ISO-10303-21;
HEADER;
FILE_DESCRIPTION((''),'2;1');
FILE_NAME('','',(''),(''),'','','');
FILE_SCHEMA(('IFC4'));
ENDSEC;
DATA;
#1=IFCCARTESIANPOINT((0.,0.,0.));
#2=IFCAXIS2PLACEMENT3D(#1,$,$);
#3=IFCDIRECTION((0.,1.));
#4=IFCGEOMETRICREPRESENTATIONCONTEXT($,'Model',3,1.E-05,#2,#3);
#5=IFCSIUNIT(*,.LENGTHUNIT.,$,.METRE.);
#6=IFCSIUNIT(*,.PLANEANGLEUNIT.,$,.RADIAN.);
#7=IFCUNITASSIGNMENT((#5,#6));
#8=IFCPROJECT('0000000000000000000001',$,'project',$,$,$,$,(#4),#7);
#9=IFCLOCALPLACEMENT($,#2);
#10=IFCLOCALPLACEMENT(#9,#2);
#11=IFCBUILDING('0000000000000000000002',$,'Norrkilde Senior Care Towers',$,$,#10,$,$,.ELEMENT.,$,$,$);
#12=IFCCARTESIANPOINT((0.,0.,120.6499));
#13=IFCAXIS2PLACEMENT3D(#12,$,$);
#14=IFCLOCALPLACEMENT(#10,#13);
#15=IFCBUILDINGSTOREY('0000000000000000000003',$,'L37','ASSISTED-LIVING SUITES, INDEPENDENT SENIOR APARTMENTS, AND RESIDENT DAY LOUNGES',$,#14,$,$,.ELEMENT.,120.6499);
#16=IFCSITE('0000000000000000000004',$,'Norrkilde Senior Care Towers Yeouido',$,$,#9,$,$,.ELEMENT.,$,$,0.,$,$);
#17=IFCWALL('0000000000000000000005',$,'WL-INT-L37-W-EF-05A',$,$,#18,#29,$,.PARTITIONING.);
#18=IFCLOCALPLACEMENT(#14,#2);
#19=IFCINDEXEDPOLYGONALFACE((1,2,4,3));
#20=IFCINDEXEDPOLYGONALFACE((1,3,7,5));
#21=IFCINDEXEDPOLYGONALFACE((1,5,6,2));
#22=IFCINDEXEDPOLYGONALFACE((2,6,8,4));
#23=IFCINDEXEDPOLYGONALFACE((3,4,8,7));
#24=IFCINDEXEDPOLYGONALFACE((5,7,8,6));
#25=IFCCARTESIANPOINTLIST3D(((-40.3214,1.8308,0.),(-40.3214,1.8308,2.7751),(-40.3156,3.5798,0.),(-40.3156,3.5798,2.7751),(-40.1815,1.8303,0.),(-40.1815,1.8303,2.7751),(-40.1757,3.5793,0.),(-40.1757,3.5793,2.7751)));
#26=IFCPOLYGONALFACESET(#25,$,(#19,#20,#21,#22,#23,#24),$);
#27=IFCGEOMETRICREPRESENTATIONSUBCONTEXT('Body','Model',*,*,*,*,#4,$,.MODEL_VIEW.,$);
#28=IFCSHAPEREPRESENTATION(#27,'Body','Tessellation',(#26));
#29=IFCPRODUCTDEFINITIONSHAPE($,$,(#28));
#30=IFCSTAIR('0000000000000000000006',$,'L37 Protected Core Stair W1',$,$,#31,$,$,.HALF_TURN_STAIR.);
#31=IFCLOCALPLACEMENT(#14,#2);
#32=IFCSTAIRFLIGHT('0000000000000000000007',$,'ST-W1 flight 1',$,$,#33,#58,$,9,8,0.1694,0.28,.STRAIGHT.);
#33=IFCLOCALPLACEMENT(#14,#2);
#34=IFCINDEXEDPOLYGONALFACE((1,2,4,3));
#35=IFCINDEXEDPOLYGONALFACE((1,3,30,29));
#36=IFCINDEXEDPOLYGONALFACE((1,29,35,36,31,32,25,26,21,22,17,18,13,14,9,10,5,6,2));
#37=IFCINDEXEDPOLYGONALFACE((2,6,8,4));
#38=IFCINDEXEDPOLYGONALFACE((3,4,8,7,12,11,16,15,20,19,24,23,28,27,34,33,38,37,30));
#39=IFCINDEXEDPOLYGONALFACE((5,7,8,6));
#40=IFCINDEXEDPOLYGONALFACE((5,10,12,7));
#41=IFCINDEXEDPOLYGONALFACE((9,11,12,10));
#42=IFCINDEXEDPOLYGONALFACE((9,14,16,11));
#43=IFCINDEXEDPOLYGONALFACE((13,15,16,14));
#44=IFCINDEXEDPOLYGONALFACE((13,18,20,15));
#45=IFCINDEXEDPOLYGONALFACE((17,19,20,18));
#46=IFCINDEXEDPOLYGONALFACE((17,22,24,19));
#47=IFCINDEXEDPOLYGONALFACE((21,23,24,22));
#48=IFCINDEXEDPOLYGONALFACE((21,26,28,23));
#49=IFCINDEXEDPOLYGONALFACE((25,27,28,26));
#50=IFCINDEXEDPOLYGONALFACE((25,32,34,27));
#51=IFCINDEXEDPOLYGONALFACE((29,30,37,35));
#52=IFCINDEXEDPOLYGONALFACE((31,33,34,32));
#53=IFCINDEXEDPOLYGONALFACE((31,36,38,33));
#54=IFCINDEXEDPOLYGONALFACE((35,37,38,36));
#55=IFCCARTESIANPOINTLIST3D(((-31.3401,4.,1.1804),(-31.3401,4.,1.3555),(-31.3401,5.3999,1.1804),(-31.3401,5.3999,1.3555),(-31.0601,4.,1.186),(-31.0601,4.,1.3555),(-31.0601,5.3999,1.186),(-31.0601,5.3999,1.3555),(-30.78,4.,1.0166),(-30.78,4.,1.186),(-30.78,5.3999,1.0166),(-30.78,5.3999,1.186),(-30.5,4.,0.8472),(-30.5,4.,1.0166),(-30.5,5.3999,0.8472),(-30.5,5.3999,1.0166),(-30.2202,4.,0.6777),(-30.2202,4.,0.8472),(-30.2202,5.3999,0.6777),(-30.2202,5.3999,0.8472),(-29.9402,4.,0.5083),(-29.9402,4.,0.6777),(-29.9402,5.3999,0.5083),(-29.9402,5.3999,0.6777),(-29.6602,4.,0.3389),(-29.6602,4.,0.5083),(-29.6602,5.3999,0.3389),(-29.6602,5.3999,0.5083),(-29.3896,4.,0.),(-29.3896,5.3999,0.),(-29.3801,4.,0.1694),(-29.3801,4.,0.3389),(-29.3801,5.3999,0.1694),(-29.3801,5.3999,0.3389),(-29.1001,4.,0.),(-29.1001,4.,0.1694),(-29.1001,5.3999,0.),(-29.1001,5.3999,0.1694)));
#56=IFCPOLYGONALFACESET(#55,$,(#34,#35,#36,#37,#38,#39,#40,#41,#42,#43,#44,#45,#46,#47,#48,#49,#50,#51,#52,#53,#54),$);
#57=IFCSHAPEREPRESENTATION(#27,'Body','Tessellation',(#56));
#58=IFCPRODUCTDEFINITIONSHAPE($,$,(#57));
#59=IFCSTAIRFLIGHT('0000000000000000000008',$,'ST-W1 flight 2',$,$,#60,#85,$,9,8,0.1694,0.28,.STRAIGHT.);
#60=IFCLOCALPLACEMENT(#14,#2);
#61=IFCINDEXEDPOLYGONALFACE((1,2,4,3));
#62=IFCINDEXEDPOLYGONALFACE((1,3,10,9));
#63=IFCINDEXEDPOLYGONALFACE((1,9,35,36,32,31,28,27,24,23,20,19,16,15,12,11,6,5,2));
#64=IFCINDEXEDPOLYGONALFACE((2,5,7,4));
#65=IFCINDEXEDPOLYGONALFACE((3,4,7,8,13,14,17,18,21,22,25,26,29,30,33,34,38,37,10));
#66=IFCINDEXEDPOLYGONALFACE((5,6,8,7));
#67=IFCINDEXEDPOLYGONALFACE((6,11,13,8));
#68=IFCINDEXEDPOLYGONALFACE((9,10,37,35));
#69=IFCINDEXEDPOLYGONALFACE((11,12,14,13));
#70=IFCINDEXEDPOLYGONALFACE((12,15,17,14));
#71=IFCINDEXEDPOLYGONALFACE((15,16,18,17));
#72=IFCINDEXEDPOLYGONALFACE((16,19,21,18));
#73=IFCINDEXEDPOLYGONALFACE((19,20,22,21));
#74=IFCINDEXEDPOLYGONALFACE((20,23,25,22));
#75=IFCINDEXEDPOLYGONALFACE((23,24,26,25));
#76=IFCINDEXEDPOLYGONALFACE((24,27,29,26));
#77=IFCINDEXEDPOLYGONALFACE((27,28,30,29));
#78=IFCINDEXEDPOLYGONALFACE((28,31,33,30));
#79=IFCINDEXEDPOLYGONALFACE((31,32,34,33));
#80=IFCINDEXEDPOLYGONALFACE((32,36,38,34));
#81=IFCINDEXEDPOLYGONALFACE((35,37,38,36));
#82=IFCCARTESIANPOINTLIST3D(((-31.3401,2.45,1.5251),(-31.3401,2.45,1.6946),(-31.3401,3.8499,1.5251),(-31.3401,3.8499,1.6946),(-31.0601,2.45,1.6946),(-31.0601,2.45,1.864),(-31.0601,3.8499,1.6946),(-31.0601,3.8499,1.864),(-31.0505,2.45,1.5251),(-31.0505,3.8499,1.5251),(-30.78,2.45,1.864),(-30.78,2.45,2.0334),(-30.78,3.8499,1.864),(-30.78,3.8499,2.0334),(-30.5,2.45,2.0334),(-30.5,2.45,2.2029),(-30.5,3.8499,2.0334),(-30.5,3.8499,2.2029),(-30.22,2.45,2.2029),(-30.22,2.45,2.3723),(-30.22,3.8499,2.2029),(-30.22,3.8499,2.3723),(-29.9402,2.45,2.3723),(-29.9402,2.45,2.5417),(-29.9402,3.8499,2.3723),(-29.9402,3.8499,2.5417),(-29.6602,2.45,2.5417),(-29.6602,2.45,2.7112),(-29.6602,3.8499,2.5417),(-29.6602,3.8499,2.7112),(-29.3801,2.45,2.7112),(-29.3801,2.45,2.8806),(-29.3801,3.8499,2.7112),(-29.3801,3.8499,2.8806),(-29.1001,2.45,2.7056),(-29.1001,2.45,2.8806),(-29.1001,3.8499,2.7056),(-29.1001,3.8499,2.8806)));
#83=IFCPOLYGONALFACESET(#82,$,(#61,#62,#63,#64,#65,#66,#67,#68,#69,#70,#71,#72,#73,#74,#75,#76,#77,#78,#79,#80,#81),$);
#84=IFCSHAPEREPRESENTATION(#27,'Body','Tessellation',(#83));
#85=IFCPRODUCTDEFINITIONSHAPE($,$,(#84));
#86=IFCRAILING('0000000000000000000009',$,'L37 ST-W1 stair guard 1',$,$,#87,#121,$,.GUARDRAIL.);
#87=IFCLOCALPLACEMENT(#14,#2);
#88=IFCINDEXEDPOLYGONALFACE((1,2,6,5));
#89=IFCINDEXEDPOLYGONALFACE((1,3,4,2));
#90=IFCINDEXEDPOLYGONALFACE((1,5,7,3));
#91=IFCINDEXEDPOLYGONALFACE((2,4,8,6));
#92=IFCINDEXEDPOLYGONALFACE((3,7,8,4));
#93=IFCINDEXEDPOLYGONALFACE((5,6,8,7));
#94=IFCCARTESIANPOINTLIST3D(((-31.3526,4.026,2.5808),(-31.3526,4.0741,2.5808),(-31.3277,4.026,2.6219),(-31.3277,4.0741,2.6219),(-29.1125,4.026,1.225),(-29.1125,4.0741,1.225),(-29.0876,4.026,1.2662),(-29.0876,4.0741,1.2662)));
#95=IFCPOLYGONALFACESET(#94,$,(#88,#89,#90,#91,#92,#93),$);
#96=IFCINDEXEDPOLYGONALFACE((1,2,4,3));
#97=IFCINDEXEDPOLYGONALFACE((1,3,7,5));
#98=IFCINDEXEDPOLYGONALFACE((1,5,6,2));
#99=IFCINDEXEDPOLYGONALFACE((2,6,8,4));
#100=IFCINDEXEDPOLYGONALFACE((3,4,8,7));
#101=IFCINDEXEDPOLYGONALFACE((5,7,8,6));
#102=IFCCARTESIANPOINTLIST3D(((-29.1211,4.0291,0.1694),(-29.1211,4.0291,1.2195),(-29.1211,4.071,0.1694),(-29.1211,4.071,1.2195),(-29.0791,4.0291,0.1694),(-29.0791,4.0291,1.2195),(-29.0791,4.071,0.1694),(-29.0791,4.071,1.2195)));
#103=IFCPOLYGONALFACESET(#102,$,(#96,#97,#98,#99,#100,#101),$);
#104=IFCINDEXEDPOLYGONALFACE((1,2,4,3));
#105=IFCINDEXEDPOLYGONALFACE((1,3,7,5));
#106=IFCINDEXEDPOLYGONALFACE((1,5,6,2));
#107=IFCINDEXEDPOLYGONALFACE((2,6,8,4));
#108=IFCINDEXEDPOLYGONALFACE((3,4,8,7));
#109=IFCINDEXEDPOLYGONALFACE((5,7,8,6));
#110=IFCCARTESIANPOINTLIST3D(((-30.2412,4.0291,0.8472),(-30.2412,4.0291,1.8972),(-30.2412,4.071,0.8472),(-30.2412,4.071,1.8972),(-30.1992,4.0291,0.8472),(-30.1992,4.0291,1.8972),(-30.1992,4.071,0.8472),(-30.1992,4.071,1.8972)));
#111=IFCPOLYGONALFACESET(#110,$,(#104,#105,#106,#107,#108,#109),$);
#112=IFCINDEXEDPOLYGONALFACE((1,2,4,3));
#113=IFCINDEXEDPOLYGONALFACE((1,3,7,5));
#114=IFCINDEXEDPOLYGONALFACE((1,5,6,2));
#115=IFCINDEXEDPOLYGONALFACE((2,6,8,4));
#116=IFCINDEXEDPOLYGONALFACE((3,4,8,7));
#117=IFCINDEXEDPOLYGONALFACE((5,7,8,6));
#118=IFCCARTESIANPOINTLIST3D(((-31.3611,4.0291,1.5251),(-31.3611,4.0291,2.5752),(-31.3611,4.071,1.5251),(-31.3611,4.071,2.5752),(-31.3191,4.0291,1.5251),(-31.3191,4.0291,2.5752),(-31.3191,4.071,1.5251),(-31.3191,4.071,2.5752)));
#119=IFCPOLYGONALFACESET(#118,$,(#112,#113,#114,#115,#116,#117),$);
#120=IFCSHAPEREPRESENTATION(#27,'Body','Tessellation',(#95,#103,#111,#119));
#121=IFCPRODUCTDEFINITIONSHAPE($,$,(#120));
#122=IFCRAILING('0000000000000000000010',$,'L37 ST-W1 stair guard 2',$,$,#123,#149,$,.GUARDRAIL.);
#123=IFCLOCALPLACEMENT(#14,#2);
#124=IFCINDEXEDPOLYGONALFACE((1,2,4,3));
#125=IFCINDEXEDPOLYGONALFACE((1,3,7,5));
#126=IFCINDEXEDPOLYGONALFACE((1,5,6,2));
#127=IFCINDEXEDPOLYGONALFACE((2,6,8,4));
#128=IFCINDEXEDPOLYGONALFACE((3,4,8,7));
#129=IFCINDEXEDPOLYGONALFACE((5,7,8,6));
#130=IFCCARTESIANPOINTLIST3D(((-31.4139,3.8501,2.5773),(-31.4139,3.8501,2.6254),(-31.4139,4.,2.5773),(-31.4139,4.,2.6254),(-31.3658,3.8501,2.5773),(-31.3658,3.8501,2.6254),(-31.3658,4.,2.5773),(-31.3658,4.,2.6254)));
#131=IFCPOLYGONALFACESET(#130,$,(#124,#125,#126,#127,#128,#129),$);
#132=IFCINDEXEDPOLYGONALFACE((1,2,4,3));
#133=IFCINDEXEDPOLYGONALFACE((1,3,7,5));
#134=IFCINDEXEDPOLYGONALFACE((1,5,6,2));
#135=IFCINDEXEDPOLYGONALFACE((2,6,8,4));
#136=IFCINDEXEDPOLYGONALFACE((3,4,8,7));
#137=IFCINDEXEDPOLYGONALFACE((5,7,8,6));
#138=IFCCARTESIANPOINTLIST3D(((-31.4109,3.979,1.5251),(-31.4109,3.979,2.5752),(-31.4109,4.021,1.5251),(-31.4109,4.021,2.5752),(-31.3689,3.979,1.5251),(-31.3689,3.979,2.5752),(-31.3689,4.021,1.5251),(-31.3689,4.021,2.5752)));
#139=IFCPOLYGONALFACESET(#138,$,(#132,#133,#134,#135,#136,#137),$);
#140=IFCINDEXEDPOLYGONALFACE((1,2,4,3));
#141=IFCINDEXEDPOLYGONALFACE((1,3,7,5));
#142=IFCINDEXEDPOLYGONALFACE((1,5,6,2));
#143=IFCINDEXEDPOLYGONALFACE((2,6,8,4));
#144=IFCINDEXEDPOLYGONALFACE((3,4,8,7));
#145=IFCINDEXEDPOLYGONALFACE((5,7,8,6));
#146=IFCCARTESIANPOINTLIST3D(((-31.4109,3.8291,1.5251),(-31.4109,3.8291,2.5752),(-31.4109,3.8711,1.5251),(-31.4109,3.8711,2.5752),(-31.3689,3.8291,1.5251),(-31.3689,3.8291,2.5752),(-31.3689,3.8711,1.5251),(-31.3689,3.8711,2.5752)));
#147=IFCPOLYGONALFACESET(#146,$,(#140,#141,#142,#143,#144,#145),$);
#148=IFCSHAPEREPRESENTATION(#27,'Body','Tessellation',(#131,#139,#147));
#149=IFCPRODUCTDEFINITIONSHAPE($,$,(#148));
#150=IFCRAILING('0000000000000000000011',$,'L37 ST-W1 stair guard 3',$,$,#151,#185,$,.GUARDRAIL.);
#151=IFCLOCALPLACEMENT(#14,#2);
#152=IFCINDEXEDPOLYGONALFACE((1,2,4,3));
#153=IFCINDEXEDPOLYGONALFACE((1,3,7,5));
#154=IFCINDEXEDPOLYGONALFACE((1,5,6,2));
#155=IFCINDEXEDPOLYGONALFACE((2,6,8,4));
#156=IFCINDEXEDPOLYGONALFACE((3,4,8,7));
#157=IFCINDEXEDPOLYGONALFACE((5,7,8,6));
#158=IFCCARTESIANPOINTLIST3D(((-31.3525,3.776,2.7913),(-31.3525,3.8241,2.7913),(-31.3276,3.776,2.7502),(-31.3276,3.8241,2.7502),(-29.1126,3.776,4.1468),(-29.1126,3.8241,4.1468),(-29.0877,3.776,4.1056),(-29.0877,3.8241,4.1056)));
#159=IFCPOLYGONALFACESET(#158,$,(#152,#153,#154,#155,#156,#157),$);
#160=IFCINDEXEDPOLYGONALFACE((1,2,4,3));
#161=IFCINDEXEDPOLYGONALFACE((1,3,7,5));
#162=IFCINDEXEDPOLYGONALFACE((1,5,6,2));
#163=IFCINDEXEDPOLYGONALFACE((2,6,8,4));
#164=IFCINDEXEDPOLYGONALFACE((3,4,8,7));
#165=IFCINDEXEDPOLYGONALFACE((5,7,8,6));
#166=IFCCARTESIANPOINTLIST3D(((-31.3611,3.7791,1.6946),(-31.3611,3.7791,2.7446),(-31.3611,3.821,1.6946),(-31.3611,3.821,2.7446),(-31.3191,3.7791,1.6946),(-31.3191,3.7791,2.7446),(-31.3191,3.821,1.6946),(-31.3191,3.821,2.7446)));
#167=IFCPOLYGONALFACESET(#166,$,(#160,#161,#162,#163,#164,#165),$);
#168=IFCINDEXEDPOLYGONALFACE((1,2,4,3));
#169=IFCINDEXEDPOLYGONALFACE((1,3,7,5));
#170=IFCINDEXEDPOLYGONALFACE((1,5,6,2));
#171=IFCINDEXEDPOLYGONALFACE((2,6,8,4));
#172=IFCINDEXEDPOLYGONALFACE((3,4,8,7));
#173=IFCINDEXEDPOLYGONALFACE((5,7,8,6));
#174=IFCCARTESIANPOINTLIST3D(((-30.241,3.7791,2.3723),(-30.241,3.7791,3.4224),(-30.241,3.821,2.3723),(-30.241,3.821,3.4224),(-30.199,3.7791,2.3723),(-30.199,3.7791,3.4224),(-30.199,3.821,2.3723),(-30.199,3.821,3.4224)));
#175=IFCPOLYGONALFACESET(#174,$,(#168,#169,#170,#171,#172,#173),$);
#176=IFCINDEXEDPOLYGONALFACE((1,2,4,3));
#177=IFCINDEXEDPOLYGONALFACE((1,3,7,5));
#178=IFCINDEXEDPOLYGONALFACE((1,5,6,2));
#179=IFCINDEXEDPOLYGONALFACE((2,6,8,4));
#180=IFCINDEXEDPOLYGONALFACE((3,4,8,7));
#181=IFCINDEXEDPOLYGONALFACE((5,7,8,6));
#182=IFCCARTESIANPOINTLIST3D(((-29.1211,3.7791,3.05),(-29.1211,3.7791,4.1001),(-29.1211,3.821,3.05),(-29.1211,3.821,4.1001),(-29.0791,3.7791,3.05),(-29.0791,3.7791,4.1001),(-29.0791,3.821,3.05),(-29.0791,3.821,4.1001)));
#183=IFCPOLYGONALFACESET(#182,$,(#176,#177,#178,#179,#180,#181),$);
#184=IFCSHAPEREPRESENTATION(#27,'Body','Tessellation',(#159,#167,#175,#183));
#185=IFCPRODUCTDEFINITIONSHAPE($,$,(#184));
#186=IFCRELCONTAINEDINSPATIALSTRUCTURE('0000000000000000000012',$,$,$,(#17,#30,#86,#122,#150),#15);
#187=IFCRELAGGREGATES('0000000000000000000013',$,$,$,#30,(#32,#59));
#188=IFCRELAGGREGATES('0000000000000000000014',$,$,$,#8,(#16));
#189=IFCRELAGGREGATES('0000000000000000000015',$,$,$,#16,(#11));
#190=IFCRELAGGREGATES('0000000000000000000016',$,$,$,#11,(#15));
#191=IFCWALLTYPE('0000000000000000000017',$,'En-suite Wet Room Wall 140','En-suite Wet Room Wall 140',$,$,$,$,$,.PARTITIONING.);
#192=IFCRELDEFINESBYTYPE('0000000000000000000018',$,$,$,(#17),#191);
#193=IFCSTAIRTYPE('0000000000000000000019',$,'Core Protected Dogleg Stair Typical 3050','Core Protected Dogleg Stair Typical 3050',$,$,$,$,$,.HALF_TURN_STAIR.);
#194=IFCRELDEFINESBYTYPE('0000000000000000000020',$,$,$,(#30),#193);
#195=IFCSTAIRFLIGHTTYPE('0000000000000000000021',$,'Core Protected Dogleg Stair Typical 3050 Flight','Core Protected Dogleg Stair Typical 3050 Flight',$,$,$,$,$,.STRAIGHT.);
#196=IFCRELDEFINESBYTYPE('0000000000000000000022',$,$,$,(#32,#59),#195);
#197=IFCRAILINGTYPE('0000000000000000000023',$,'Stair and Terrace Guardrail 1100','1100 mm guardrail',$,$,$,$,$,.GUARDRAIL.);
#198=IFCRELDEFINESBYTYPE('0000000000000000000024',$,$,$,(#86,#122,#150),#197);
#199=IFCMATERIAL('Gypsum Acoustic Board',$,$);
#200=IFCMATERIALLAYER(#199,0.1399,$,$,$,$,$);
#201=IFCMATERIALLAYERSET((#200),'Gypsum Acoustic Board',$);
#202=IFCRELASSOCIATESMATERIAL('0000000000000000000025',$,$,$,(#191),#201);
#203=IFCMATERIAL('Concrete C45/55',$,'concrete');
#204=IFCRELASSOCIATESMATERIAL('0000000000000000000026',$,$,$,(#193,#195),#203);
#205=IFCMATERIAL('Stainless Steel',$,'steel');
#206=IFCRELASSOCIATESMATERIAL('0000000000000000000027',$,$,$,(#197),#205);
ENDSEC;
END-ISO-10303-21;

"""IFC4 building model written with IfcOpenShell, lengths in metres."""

from ifc_helpers import new_model, si_unit, direction, frame, frame_2d, origin, origin_2d, place, context, subcontext, project, spatial, polyline, rectangle, outline, extrude, source, transform, mapped, material, layer, layer_set, type_object, element, aggregate, save


model = new_model("IFC4")

# Units and contexts
model_context = context("Model", 3, precision=1e-05, world=origin(), true_north=direction((0.0, 1.0)))
body_context = subcontext(model_context, "Body", "Model", "MODEL_VIEW")
ifc_project = project(units=[si_unit("LENGTHUNIT", "METRE"), si_unit("PLANEANGLEUNIT", "RADIAN")], contexts=[model_context])

# Site, building, storey
site_placement = place(None, origin())
site = spatial("IfcSite", under=ifc_project, at=site_placement, Name="Norrkilde Senior Care Towers Yeouido", CompositionType="ELEMENT", RefElevation=0.0)
building_placement = place(site_placement, origin())
building = spatial("IfcBuilding", under=site, at=building_placement, Name="Norrkilde Senior Care Towers", CompositionType="ELEMENT")
storey_placement = place(building_placement, frame((0.0, 0.0, 120.6499)))
storey = spatial("IfcBuildingStorey", under=building, at=storey_placement, Name="L37", Description="ASSISTED-LIVING SUITES, INDEPENDENT SENIOR APARTMENTS, AND RESIDENT DAY LOUNGES", CompositionType="ELEMENT", Elevation=120.6499)

# Shared definitions
ifc_material_1 = material(Name="Concrete C45/55", Category="concrete")
ifc_material_2 = material(Name="Gypsum Acoustic Board")

# Shared definitions
ifc_layer_1 = layer(ifc_material_2, 0.1399)
ifc_layer_set_1 = layer_set([ifc_layer_1], Name="Gypsum Acoustic Board")
wall_type_1 = type_object("IfcWallType", Name="En-suite Wet Room Wall 140", Description="En-suite Wet Room Wall 140", PredefinedType="PARTITIONING", material=ifc_layer_set_1)

# Wall
shared_shape_1 = source(origin(), body_context, "Body", "SweptSolid", [
    extrude(rectangle(XDim=1.749, YDim=0.1399, at=frame_2d((0.8745, 0.0))), origin(), (0.0, 0.0, 1.0), 2.7751),
])
wall_1_placement = place(storey_placement, frame((-40.2515, 1.8306, 0.0), z_axis=(0.0, 0.0, 1.0), x_axis=(0.00335, 0.999994, 0.0)))
element("IfcWall", 1, at=wall_1_placement, inside=storey, type_object=wall_type_1, Name="WL-INT-L37-W-EF-05A", PredefinedType="PARTITIONING", context=body_context, shape_type="MappedRepresentation", body=[
    mapped(shared_shape_1, transform((0.0, 0.0, 0.0), x_axis=(1.0, 0.0, 0.0), y_axis=(0.0, 1.0, 0.0), z_axis=(0.0, 0.0, 1.0), scale=1.0)),
])

# Stair, stair flights
stair_type = type_object("IfcStairType", Name="Core Protected Dogleg Stair Typical 3050", Description="Core Protected Dogleg Stair Typical 3050", PredefinedType="HALF_TURN_STAIR", material=ifc_material_1)
stair_placement = place(storey_placement, origin())
stair = element("IfcStair", 2, at=stair_placement, inside=storey, type_object=stair_type, Name="L37 Protected Core Stair W1", PredefinedType="HALF_TURN_STAIR")
stair_flight_type = type_object("IfcStairFlightType", Name="Core Protected Dogleg Stair Typical 3050 Flight", Description="Core Protected Dogleg Stair Typical 3050 Flight", PredefinedType="STRAIGHT", material=ifc_material_1)
stair_flight_1_placement = place(storey_placement, frame((-29.1001, 4.7, 0.0), z_axis=(0.0, 0.0, 1.0), x_axis=(-1.0, 0.0, 0.0)))
stair_flight_1 = element("IfcStairFlight", 3, at=stair_flight_1_placement, type_object=stair_flight_type, Name="ST-W1 flight 1", NumberOfRisers=9, NumberOfTreads=8, PredefinedType="STRAIGHT", RiserHeight=0.1694, TreadLength=0.28, context=body_context, shape_type="SweptSolid", body=[
    extrude(outline(polyline([(0.0, 0.0), (0.0, 0.1694), (0.28, 0.1694), (0.28, 0.3389), (0.5601, 0.3389), (0.5601, 0.5083), (0.8401, 0.5083), (0.8401, 0.6777), (1.1201, 0.6777), (1.1201, 0.8472), (1.3999, 0.8472), (1.3999, 1.0166), (1.6799, 1.0166), (1.6799, 1.186), (1.96, 1.186), (1.96, 1.3555), (2.24, 1.3555), (2.24, 1.5249), (2.24, 1.1804), (0.2896, 0.0), (0.0, 0.0)])), frame((0.0, 0.7, 0.0), z_axis=(0.0, -1.0, 0.0), x_axis=(1.0, 0.0, 0.0)), (0.0, 0.0, 1.0), 1.3999),
])
stair_flight_2_placement = place(storey_placement, frame((-31.3401, 3.1499, 1.5251), z_axis=(0.0, 0.0, 1.0), x_axis=(1.0, 0.0, 0.0)))
stair_flight_2 = element("IfcStairFlight", 4, at=stair_flight_2_placement, type_object=stair_flight_type, Name="ST-W1 flight 2", NumberOfRisers=9, NumberOfTreads=8, PredefinedType="STRAIGHT", RiserHeight=0.1694, TreadLength=0.28, context=body_context, shape_type="SweptSolid", body=[
    extrude(outline(polyline([(0.0, 0.0), (0.0, 0.1694), (0.28, 0.1694), (0.28, 0.3389), (0.5601, 0.3389), (0.5601, 0.5083), (0.8401, 0.5083), (0.8401, 0.6777), (1.1201, 0.6777), (1.1201, 0.8472), (1.3999, 0.8472), (1.3999, 1.0166), (1.6799, 1.0166), (1.6799, 1.186), (1.96, 1.186), (1.96, 1.3555), (2.24, 1.3555), (2.24, 1.5249), (2.24, 1.1804), (0.2896, 0.0), (0.0, 0.0)])), frame((0.0, 0.7, 0.0), z_axis=(0.0, -1.0, 0.0), x_axis=(1.0, 0.0, 0.0)), (0.0, 0.0, 1.0), 1.3999),
])
aggregate(stair, [stair_flight_1, stair_flight_2])

# Railings
ifc_material_3 = material(Name="Stainless Steel", Category="steel")
railing_type_1 = type_object("IfcRailingType", Name="Stair and Terrace Guardrail 1100", Description="1100 mm guardrail", PredefinedType="GUARDRAIL", material=ifc_material_3)
railing_1_placement = place(storey_placement, frame((-29.1001, 4.05, 0.1694)))
element("IfcRailing", 5, at=railing_1_placement, inside=storey, type_object=railing_type_1, Name="L37 ST-W1 stair guard 1", PredefinedType="GUARDRAIL", context=body_context, shape_type="SweptSolid", body=[
    extrude(rectangle(XDim=0.0481, YDim=0.0481, at=origin_2d()), frame((0.0, 0.0, 1.0762), z_axis=(-0.855512, 0.0, 0.517783), x_axis=(0.0, -1.0, 0.0)), (0.0, 0.0, 1.0), 2.6184),
    extrude(rectangle(XDim=0.042, YDim=0.042, at=origin_2d()), origin(), (0.0, 0.0, 1.0), 1.05),
    extrude(rectangle(XDim=0.042, YDim=0.042, at=origin_2d()), frame((-1.1201, 0.0, 0.6777)), (0.0, 0.0, 1.0), 1.05),
    extrude(rectangle(XDim=0.042, YDim=0.042, at=origin_2d()), frame((-2.24, 0.0, 1.3557)), (0.0, 0.0, 1.0), 1.05),
])
railing_2_placement = place(storey_placement, frame((-31.3899, 4.0, 1.5251)))
element("IfcRailing", 6, at=railing_2_placement, inside=storey, type_object=railing_type_1, Name="L37 ST-W1 stair guard 2", PredefinedType="GUARDRAIL", context=body_context, shape_type="SweptSolid", body=[
    extrude(rectangle(XDim=0.0481, YDim=0.0481, at=origin_2d()), frame((0.0, 0.0, 1.0762), z_axis=(0.0, -1.0, 0.0), x_axis=(1.0, 0.0, 0.0)), (0.0, 0.0, 1.0), 0.1499),
    extrude(rectangle(XDim=0.042, YDim=0.042, at=origin_2d()), origin(), (0.0, 0.0, 1.0), 1.05),
    extrude(rectangle(XDim=0.042, YDim=0.042, at=origin_2d()), frame((0.0, -0.1499, 0.0)), (0.0, 0.0, 1.0), 1.05),
])
railing_3_placement = place(storey_placement, frame((-31.3401, 3.8, 1.6946)))
element("IfcRailing", 7, at=railing_3_placement, inside=storey, type_object=railing_type_1, Name="L37 ST-W1 stair guard 3", PredefinedType="GUARDRAIL", context=body_context, shape_type="SweptSolid", body=[
    extrude(rectangle(XDim=0.0481, YDim=0.0481, at=origin_2d()), frame((0.0, 0.0, 1.0762), z_axis=(0.855553, 0.0, 0.517715), x_axis=(0.0, 1.0, 0.0)), (0.0, 0.0, 1.0), 2.6182),
    extrude(rectangle(XDim=0.042, YDim=0.042, at=origin_2d()), origin(), (0.0, 0.0, 1.0), 1.05),
    extrude(rectangle(XDim=0.042, YDim=0.042, at=origin_2d()), frame((1.1201, 0.0, 0.6777)), (0.0, 0.0, 1.0), 1.05),
    extrude(rectangle(XDim=0.042, YDim=0.042, at=origin_2d()), frame((2.24, 0.0, 1.3555)), (0.0, 0.0, 1.0), 1.05),
])

save(model, "model.ifc")
